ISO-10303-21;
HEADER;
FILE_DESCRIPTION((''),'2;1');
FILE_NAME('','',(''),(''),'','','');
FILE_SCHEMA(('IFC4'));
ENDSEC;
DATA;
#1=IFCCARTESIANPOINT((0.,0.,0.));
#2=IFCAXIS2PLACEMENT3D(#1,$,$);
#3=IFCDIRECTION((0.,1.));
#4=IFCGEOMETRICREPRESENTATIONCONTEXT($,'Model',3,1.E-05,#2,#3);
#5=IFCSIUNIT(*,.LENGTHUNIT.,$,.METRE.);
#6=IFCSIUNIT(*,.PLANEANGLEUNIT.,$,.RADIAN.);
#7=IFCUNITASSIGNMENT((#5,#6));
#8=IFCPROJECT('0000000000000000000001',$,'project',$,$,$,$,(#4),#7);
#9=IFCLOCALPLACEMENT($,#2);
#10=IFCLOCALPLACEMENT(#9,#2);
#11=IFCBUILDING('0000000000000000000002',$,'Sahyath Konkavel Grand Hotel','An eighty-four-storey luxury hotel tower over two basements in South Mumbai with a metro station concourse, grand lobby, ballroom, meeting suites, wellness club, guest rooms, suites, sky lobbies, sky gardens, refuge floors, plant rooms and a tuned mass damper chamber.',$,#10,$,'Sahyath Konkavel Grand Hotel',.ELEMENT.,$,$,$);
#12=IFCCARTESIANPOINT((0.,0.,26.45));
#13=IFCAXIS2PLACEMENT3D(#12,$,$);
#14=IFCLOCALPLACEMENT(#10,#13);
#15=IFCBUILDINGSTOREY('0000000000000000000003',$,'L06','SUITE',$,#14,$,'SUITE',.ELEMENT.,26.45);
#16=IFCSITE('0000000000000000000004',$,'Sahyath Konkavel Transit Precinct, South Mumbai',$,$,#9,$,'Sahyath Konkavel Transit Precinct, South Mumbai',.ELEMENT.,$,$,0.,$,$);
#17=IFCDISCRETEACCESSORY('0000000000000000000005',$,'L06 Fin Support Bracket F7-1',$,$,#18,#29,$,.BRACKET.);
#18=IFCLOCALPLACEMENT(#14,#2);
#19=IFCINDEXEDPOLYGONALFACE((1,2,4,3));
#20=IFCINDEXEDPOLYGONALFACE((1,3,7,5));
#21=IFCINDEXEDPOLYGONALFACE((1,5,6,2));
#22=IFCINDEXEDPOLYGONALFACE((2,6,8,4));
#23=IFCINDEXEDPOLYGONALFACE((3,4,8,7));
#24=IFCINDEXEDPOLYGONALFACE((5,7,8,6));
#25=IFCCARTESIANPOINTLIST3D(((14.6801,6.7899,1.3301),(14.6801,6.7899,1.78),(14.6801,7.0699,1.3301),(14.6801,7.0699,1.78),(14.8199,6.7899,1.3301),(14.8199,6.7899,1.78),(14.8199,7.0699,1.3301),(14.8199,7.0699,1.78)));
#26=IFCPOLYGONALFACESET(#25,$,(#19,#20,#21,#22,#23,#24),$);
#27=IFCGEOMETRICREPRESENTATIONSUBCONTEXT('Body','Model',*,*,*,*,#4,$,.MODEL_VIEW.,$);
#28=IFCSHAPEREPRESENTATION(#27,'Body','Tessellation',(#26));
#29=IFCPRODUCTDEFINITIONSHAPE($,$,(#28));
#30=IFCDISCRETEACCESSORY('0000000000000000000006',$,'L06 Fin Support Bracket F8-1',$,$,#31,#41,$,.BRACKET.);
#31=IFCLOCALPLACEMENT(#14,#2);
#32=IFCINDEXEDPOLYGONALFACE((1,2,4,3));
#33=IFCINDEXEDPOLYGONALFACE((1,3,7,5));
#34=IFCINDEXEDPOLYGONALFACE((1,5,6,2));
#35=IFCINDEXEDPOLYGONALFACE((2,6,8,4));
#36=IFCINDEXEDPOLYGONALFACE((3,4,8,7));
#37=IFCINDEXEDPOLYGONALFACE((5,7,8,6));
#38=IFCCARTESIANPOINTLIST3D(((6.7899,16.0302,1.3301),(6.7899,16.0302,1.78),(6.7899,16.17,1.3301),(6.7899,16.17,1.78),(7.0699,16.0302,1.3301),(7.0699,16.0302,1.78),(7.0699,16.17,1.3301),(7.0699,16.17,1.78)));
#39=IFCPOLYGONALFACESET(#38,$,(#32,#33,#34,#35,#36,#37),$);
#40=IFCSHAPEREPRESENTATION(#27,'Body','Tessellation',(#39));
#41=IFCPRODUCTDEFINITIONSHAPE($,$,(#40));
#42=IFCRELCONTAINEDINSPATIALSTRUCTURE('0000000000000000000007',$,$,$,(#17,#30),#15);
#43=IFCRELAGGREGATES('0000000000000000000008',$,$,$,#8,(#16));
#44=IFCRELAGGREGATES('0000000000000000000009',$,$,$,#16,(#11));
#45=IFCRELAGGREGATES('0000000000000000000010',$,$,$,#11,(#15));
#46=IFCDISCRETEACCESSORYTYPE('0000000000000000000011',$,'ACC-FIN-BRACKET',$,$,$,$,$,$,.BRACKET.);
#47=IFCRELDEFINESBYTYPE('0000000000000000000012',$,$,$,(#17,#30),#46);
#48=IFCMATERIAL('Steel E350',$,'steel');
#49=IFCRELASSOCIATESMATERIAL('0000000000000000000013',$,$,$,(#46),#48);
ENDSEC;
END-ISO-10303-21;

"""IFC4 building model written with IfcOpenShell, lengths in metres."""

from ifc_helpers import new_model, si_unit, direction, frame, origin, origin_2d, place, context, subcontext, project, spatial, rectangle, extrude, source, transform, mapped, material, type_object, element, save


model = new_model("IFC4")

# Units and contexts
model_context = context("Model", 3, precision=1e-05, world=origin(), true_north=direction((0.0, 1.0)))
body_context = subcontext(model_context, "Body", "Model", "MODEL_VIEW")
ifc_project = project(units=[si_unit("LENGTHUNIT", "METRE"), si_unit("PLANEANGLEUNIT", "RADIAN")], contexts=[model_context])

# Site, building, storey
site_placement = place(None, origin())
site = spatial("IfcSite", under=ifc_project, at=site_placement, Name="Sahyath Konkavel Transit Precinct, South Mumbai", LongName="Sahyath Konkavel Transit Precinct, South Mumbai", CompositionType="ELEMENT", RefElevation=0.0)
building_placement = place(site_placement, origin())
building = spatial("IfcBuilding", under=site, at=building_placement, Name="Sahyath Konkavel Grand Hotel", Description="An eighty-four-storey luxury hotel tower over two basements in South Mumbai with a metro station concourse, grand lobby, ballroom, meeting suites, wellness club, guest rooms, suites, sky lobbies, sky gardens, refuge floors, plant rooms and a tuned mass damper chamber.", LongName="Sahyath Konkavel Grand Hotel", CompositionType="ELEMENT")
storey_placement = place(building_placement, frame((0.0, 0.0, 26.45)))
storey = spatial("IfcBuildingStorey", under=building, at=storey_placement, Name="L06", Description="SUITE", LongName="SUITE", CompositionType="ELEMENT", Elevation=26.45)

# Shared definitions
ifc_material_1 = material(Name="Steel E350", Category="steel")

# Discrete accessories
discrete_accessory_type = type_object("IfcDiscreteAccessoryType", Name="ACC-FIN-BRACKET", PredefinedType="BRACKET", material=ifc_material_1)
shared_shape_1 = source(origin(), body_context, "Body", "SweptSolid", [
    extrude(rectangle(XDim=0.28, YDim=0.1399, at=origin_2d()), origin(), (0.0, 0.0, 1.0), 0.45),
])
for number, where, z_axis, x_axis, name in (
    (1, (14.75, 6.9299, 1.3301), (0.0, 0.0, 1.0), (0.0, 1.0, 0.0), "L06 Fin Support Bracket F7-1"),
    (2, (6.9299, 16.1001, 1.3301), (0.0, 0.0, 1.0), (1.0, 0.0, 0.0), "L06 Fin Support Bracket F8-1"),
):
    element("IfcDiscreteAccessory", number, at=place(storey_placement, frame(where, z_axis=z_axis, x_axis=x_axis)), inside=storey, type_object=discrete_accessory_type, Name=name, PredefinedType="BRACKET", context=body_context, shape_type="MappedRepresentation", body=[
        mapped(shared_shape_1, transform((0.0, 0.0, 0.0), scale=1.0)),
    ])

save(model, "model.ifc")
